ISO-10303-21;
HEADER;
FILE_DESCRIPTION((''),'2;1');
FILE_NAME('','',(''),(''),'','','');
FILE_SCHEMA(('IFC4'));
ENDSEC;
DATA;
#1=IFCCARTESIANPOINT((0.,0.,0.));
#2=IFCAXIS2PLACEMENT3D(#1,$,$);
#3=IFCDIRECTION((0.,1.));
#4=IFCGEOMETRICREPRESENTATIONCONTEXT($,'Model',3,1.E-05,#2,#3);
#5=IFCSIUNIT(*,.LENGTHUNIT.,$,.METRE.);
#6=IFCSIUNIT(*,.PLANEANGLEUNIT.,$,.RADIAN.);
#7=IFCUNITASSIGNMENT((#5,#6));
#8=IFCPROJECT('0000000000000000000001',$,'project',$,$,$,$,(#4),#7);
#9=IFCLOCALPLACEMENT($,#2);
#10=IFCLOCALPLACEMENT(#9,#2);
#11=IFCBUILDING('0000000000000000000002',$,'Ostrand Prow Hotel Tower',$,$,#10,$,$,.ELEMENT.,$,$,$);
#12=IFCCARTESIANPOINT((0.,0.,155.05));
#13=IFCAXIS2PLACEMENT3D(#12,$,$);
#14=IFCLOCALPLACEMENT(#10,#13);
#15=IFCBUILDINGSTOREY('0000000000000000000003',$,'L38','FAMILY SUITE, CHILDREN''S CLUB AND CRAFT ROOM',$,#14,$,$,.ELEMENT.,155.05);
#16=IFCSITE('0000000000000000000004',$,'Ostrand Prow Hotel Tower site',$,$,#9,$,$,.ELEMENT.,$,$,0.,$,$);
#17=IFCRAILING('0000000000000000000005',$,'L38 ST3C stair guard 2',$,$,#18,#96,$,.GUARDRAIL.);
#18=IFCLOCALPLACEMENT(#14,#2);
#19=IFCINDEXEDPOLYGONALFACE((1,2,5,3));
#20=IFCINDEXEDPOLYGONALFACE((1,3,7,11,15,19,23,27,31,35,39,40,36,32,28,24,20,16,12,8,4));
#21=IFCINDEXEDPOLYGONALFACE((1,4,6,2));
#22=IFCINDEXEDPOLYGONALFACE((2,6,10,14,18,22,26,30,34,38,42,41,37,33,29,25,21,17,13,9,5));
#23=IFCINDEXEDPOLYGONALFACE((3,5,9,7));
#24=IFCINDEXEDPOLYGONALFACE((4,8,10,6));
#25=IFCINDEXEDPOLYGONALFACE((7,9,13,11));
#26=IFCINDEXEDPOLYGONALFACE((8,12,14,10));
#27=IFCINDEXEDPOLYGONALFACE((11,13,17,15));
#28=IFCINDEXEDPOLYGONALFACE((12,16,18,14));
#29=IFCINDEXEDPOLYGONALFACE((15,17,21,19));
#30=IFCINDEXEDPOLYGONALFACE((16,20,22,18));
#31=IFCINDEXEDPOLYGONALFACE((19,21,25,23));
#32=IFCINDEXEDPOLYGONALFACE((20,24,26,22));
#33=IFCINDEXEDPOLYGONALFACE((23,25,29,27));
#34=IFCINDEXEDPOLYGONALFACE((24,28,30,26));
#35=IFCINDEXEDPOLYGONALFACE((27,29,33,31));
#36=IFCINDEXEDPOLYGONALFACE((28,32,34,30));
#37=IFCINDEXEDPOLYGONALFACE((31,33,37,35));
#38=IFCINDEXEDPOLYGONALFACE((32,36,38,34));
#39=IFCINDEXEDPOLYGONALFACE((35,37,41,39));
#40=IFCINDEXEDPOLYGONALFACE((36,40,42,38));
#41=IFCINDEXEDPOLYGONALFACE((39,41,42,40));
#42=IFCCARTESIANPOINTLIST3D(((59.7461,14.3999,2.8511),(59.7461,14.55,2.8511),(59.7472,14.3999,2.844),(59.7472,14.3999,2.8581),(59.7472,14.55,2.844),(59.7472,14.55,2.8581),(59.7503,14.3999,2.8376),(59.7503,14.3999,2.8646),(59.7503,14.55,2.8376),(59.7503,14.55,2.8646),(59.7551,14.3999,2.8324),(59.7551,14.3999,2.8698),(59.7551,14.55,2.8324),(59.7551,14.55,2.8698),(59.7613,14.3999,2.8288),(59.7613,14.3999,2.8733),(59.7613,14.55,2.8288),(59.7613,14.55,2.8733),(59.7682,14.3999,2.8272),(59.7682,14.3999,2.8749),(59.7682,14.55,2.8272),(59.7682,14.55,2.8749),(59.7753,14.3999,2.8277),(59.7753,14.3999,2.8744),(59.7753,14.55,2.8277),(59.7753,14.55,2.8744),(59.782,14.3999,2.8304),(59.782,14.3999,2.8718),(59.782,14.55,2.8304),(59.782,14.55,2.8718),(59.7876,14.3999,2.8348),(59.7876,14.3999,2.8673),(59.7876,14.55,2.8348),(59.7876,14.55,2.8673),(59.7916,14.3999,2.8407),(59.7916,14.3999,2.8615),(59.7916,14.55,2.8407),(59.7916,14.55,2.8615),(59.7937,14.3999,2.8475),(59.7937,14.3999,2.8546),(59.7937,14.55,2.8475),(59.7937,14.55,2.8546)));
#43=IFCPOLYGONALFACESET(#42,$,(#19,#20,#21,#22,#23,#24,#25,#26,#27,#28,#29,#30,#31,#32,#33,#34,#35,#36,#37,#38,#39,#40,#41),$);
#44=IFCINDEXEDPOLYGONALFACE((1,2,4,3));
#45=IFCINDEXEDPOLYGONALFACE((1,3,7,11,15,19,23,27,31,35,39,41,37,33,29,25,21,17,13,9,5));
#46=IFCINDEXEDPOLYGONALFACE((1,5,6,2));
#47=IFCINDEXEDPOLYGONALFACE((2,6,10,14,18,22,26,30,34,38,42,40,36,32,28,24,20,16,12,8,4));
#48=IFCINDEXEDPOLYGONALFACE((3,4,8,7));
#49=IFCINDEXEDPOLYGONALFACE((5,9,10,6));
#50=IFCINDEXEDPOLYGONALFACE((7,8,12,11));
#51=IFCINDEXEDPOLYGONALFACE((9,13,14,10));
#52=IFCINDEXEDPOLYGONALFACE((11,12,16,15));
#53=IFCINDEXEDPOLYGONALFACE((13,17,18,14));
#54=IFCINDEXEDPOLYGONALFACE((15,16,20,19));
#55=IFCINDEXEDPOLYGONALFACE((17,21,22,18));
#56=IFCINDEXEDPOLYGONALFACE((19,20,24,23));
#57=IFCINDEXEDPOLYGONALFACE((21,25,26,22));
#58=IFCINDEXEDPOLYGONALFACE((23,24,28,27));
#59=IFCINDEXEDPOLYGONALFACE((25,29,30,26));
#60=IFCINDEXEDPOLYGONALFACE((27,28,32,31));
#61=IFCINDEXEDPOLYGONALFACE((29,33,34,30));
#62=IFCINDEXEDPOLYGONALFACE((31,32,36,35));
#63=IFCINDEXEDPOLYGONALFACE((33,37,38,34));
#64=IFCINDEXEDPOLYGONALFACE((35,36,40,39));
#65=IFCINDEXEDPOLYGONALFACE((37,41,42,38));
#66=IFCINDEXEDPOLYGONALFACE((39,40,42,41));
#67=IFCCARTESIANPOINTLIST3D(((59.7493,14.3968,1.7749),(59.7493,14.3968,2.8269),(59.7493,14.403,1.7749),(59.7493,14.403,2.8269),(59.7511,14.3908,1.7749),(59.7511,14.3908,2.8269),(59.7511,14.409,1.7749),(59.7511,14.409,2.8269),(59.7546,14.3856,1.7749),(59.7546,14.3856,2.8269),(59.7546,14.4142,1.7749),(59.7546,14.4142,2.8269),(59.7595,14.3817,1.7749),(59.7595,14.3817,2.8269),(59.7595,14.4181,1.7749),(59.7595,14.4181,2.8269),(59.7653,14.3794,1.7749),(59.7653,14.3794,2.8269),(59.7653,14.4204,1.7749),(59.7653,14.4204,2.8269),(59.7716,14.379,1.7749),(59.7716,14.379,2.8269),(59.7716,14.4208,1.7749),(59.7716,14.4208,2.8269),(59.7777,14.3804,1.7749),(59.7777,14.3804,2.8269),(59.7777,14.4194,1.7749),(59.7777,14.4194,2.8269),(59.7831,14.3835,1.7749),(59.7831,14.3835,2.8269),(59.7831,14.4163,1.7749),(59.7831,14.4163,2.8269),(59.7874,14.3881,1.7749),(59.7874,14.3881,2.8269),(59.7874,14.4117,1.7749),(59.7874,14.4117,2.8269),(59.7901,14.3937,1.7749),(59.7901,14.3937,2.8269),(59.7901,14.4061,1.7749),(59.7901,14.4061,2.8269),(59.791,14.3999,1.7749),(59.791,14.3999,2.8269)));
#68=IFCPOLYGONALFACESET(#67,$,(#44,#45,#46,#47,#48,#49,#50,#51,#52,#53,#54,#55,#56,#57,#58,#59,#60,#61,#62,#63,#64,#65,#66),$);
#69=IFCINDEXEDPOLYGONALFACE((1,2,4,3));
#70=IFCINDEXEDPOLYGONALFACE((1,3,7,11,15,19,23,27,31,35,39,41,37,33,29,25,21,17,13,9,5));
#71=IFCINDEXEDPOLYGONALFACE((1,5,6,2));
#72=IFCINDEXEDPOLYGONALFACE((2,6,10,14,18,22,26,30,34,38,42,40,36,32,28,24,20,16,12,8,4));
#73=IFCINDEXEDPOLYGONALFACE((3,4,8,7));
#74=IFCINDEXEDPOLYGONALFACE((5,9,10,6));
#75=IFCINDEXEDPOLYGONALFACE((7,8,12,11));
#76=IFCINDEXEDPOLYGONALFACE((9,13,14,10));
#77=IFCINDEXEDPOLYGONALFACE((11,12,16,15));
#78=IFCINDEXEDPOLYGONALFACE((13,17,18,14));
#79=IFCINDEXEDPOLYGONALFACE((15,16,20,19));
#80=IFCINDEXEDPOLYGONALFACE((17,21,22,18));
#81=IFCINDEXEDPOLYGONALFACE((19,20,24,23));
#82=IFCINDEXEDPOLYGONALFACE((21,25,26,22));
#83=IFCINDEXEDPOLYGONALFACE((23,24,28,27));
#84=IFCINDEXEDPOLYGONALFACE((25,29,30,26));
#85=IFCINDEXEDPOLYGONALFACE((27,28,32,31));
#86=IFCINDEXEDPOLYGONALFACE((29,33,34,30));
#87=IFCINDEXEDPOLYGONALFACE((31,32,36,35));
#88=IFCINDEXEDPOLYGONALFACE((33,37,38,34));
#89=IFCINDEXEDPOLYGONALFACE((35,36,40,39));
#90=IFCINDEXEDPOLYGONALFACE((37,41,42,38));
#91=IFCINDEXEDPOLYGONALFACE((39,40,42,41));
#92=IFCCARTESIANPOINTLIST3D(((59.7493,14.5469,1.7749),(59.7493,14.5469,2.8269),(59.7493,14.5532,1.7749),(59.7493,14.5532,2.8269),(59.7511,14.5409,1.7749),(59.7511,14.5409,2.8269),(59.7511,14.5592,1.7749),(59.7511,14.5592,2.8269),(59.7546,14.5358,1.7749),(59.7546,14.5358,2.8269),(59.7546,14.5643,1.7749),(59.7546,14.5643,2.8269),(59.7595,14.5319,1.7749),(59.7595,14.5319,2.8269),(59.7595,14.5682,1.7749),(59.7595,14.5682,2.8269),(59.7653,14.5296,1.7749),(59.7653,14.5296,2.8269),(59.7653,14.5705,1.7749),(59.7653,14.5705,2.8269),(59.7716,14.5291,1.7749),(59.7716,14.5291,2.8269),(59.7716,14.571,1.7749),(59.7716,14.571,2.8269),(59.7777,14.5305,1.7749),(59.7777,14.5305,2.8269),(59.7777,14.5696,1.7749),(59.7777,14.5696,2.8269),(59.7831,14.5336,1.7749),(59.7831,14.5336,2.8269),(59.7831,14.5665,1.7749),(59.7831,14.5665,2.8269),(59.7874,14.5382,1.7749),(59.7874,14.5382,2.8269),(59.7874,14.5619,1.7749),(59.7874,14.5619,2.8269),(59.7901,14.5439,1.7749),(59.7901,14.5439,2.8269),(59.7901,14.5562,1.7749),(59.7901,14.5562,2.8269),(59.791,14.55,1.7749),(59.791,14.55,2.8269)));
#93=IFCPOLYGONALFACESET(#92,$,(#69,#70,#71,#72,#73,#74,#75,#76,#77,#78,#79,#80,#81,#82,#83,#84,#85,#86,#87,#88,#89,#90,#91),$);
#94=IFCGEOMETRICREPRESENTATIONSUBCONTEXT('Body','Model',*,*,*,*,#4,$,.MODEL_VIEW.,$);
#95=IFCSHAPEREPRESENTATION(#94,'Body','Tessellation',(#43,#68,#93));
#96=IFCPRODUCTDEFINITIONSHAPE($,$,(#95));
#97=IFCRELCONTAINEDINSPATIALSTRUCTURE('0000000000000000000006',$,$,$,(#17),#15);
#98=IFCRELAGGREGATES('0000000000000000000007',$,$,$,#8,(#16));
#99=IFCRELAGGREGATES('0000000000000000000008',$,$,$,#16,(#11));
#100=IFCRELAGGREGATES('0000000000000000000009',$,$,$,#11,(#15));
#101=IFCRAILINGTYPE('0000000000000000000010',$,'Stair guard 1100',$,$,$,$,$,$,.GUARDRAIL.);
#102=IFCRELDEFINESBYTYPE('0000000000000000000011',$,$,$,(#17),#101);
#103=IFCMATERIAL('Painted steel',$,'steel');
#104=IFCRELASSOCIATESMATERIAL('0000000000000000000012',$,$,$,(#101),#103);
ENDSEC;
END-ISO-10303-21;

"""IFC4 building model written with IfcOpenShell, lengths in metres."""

from ifc_helpers import new_model, si_unit, direction, frame, origin, origin_2d, place, context, subcontext, project, spatial, circle, extrude, material, type_object, element, save


model = new_model("IFC4")

# Units and contexts
model_context = context("Model", 3, precision=1e-05, world=origin(), true_north=direction((0.0, 1.0)))
body_context = subcontext(model_context, "Body", "Model", "MODEL_VIEW")
ifc_project = project(units=[si_unit("LENGTHUNIT", "METRE"), si_unit("PLANEANGLEUNIT", "RADIAN")], contexts=[model_context])

# Site, building, storey
site_placement = place(None, origin())
site = spatial("IfcSite", under=ifc_project, at=site_placement, Name="Ostrand Prow Hotel Tower site", CompositionType="ELEMENT", RefElevation=0.0)
building_placement = place(site_placement, origin())
building = spatial("IfcBuilding", under=site, at=building_placement, Name="Ostrand Prow Hotel Tower", CompositionType="ELEMENT")
storey_placement = place(building_placement, frame((0.0, 0.0, 155.05)))
storey = spatial("IfcBuildingStorey", under=building, at=storey_placement, Name="L38", Description="FAMILY SUITE, CHILDREN'S CLUB AND CRAFT ROOM", CompositionType="ELEMENT", Elevation=155.05)

# Railing
ifc_material_1 = material(Name="Painted steel", Category="steel")
railing_type_1 = type_object("IfcRailingType", Name="Stair guard 1100", PredefinedType="GUARDRAIL", material=ifc_material_1)
railing_1_placement = place(storey_placement, frame((59.77, 14.3999, 1.7749)))
element("IfcRailing", 1, at=railing_1_placement, inside=storey, type_object=railing_type_1, Name="L38 ST3C stair guard 2", PredefinedType="GUARDRAIL", context=body_context, shape_type="SweptSolid", body=[
    extrude(circle(Radius=0.0239, at=origin_2d()), frame((0.0, 0.0, 1.0762), z_axis=(0.0, 1.0, 0.0), x_axis=(-1.0, 0.0, 0.0)), (0.0, 0.0, 1.0), 0.1501),
    extrude(circle(Radius=0.021, at=origin_2d()), origin(), (0.0, 0.0, 1.0), 1.052),
    extrude(circle(Radius=0.021, at=origin_2d()), frame((0.0, 0.1501, 0.0)), (0.0, 0.0, 1.0), 1.052),
])

save(model, "model.ifc")
